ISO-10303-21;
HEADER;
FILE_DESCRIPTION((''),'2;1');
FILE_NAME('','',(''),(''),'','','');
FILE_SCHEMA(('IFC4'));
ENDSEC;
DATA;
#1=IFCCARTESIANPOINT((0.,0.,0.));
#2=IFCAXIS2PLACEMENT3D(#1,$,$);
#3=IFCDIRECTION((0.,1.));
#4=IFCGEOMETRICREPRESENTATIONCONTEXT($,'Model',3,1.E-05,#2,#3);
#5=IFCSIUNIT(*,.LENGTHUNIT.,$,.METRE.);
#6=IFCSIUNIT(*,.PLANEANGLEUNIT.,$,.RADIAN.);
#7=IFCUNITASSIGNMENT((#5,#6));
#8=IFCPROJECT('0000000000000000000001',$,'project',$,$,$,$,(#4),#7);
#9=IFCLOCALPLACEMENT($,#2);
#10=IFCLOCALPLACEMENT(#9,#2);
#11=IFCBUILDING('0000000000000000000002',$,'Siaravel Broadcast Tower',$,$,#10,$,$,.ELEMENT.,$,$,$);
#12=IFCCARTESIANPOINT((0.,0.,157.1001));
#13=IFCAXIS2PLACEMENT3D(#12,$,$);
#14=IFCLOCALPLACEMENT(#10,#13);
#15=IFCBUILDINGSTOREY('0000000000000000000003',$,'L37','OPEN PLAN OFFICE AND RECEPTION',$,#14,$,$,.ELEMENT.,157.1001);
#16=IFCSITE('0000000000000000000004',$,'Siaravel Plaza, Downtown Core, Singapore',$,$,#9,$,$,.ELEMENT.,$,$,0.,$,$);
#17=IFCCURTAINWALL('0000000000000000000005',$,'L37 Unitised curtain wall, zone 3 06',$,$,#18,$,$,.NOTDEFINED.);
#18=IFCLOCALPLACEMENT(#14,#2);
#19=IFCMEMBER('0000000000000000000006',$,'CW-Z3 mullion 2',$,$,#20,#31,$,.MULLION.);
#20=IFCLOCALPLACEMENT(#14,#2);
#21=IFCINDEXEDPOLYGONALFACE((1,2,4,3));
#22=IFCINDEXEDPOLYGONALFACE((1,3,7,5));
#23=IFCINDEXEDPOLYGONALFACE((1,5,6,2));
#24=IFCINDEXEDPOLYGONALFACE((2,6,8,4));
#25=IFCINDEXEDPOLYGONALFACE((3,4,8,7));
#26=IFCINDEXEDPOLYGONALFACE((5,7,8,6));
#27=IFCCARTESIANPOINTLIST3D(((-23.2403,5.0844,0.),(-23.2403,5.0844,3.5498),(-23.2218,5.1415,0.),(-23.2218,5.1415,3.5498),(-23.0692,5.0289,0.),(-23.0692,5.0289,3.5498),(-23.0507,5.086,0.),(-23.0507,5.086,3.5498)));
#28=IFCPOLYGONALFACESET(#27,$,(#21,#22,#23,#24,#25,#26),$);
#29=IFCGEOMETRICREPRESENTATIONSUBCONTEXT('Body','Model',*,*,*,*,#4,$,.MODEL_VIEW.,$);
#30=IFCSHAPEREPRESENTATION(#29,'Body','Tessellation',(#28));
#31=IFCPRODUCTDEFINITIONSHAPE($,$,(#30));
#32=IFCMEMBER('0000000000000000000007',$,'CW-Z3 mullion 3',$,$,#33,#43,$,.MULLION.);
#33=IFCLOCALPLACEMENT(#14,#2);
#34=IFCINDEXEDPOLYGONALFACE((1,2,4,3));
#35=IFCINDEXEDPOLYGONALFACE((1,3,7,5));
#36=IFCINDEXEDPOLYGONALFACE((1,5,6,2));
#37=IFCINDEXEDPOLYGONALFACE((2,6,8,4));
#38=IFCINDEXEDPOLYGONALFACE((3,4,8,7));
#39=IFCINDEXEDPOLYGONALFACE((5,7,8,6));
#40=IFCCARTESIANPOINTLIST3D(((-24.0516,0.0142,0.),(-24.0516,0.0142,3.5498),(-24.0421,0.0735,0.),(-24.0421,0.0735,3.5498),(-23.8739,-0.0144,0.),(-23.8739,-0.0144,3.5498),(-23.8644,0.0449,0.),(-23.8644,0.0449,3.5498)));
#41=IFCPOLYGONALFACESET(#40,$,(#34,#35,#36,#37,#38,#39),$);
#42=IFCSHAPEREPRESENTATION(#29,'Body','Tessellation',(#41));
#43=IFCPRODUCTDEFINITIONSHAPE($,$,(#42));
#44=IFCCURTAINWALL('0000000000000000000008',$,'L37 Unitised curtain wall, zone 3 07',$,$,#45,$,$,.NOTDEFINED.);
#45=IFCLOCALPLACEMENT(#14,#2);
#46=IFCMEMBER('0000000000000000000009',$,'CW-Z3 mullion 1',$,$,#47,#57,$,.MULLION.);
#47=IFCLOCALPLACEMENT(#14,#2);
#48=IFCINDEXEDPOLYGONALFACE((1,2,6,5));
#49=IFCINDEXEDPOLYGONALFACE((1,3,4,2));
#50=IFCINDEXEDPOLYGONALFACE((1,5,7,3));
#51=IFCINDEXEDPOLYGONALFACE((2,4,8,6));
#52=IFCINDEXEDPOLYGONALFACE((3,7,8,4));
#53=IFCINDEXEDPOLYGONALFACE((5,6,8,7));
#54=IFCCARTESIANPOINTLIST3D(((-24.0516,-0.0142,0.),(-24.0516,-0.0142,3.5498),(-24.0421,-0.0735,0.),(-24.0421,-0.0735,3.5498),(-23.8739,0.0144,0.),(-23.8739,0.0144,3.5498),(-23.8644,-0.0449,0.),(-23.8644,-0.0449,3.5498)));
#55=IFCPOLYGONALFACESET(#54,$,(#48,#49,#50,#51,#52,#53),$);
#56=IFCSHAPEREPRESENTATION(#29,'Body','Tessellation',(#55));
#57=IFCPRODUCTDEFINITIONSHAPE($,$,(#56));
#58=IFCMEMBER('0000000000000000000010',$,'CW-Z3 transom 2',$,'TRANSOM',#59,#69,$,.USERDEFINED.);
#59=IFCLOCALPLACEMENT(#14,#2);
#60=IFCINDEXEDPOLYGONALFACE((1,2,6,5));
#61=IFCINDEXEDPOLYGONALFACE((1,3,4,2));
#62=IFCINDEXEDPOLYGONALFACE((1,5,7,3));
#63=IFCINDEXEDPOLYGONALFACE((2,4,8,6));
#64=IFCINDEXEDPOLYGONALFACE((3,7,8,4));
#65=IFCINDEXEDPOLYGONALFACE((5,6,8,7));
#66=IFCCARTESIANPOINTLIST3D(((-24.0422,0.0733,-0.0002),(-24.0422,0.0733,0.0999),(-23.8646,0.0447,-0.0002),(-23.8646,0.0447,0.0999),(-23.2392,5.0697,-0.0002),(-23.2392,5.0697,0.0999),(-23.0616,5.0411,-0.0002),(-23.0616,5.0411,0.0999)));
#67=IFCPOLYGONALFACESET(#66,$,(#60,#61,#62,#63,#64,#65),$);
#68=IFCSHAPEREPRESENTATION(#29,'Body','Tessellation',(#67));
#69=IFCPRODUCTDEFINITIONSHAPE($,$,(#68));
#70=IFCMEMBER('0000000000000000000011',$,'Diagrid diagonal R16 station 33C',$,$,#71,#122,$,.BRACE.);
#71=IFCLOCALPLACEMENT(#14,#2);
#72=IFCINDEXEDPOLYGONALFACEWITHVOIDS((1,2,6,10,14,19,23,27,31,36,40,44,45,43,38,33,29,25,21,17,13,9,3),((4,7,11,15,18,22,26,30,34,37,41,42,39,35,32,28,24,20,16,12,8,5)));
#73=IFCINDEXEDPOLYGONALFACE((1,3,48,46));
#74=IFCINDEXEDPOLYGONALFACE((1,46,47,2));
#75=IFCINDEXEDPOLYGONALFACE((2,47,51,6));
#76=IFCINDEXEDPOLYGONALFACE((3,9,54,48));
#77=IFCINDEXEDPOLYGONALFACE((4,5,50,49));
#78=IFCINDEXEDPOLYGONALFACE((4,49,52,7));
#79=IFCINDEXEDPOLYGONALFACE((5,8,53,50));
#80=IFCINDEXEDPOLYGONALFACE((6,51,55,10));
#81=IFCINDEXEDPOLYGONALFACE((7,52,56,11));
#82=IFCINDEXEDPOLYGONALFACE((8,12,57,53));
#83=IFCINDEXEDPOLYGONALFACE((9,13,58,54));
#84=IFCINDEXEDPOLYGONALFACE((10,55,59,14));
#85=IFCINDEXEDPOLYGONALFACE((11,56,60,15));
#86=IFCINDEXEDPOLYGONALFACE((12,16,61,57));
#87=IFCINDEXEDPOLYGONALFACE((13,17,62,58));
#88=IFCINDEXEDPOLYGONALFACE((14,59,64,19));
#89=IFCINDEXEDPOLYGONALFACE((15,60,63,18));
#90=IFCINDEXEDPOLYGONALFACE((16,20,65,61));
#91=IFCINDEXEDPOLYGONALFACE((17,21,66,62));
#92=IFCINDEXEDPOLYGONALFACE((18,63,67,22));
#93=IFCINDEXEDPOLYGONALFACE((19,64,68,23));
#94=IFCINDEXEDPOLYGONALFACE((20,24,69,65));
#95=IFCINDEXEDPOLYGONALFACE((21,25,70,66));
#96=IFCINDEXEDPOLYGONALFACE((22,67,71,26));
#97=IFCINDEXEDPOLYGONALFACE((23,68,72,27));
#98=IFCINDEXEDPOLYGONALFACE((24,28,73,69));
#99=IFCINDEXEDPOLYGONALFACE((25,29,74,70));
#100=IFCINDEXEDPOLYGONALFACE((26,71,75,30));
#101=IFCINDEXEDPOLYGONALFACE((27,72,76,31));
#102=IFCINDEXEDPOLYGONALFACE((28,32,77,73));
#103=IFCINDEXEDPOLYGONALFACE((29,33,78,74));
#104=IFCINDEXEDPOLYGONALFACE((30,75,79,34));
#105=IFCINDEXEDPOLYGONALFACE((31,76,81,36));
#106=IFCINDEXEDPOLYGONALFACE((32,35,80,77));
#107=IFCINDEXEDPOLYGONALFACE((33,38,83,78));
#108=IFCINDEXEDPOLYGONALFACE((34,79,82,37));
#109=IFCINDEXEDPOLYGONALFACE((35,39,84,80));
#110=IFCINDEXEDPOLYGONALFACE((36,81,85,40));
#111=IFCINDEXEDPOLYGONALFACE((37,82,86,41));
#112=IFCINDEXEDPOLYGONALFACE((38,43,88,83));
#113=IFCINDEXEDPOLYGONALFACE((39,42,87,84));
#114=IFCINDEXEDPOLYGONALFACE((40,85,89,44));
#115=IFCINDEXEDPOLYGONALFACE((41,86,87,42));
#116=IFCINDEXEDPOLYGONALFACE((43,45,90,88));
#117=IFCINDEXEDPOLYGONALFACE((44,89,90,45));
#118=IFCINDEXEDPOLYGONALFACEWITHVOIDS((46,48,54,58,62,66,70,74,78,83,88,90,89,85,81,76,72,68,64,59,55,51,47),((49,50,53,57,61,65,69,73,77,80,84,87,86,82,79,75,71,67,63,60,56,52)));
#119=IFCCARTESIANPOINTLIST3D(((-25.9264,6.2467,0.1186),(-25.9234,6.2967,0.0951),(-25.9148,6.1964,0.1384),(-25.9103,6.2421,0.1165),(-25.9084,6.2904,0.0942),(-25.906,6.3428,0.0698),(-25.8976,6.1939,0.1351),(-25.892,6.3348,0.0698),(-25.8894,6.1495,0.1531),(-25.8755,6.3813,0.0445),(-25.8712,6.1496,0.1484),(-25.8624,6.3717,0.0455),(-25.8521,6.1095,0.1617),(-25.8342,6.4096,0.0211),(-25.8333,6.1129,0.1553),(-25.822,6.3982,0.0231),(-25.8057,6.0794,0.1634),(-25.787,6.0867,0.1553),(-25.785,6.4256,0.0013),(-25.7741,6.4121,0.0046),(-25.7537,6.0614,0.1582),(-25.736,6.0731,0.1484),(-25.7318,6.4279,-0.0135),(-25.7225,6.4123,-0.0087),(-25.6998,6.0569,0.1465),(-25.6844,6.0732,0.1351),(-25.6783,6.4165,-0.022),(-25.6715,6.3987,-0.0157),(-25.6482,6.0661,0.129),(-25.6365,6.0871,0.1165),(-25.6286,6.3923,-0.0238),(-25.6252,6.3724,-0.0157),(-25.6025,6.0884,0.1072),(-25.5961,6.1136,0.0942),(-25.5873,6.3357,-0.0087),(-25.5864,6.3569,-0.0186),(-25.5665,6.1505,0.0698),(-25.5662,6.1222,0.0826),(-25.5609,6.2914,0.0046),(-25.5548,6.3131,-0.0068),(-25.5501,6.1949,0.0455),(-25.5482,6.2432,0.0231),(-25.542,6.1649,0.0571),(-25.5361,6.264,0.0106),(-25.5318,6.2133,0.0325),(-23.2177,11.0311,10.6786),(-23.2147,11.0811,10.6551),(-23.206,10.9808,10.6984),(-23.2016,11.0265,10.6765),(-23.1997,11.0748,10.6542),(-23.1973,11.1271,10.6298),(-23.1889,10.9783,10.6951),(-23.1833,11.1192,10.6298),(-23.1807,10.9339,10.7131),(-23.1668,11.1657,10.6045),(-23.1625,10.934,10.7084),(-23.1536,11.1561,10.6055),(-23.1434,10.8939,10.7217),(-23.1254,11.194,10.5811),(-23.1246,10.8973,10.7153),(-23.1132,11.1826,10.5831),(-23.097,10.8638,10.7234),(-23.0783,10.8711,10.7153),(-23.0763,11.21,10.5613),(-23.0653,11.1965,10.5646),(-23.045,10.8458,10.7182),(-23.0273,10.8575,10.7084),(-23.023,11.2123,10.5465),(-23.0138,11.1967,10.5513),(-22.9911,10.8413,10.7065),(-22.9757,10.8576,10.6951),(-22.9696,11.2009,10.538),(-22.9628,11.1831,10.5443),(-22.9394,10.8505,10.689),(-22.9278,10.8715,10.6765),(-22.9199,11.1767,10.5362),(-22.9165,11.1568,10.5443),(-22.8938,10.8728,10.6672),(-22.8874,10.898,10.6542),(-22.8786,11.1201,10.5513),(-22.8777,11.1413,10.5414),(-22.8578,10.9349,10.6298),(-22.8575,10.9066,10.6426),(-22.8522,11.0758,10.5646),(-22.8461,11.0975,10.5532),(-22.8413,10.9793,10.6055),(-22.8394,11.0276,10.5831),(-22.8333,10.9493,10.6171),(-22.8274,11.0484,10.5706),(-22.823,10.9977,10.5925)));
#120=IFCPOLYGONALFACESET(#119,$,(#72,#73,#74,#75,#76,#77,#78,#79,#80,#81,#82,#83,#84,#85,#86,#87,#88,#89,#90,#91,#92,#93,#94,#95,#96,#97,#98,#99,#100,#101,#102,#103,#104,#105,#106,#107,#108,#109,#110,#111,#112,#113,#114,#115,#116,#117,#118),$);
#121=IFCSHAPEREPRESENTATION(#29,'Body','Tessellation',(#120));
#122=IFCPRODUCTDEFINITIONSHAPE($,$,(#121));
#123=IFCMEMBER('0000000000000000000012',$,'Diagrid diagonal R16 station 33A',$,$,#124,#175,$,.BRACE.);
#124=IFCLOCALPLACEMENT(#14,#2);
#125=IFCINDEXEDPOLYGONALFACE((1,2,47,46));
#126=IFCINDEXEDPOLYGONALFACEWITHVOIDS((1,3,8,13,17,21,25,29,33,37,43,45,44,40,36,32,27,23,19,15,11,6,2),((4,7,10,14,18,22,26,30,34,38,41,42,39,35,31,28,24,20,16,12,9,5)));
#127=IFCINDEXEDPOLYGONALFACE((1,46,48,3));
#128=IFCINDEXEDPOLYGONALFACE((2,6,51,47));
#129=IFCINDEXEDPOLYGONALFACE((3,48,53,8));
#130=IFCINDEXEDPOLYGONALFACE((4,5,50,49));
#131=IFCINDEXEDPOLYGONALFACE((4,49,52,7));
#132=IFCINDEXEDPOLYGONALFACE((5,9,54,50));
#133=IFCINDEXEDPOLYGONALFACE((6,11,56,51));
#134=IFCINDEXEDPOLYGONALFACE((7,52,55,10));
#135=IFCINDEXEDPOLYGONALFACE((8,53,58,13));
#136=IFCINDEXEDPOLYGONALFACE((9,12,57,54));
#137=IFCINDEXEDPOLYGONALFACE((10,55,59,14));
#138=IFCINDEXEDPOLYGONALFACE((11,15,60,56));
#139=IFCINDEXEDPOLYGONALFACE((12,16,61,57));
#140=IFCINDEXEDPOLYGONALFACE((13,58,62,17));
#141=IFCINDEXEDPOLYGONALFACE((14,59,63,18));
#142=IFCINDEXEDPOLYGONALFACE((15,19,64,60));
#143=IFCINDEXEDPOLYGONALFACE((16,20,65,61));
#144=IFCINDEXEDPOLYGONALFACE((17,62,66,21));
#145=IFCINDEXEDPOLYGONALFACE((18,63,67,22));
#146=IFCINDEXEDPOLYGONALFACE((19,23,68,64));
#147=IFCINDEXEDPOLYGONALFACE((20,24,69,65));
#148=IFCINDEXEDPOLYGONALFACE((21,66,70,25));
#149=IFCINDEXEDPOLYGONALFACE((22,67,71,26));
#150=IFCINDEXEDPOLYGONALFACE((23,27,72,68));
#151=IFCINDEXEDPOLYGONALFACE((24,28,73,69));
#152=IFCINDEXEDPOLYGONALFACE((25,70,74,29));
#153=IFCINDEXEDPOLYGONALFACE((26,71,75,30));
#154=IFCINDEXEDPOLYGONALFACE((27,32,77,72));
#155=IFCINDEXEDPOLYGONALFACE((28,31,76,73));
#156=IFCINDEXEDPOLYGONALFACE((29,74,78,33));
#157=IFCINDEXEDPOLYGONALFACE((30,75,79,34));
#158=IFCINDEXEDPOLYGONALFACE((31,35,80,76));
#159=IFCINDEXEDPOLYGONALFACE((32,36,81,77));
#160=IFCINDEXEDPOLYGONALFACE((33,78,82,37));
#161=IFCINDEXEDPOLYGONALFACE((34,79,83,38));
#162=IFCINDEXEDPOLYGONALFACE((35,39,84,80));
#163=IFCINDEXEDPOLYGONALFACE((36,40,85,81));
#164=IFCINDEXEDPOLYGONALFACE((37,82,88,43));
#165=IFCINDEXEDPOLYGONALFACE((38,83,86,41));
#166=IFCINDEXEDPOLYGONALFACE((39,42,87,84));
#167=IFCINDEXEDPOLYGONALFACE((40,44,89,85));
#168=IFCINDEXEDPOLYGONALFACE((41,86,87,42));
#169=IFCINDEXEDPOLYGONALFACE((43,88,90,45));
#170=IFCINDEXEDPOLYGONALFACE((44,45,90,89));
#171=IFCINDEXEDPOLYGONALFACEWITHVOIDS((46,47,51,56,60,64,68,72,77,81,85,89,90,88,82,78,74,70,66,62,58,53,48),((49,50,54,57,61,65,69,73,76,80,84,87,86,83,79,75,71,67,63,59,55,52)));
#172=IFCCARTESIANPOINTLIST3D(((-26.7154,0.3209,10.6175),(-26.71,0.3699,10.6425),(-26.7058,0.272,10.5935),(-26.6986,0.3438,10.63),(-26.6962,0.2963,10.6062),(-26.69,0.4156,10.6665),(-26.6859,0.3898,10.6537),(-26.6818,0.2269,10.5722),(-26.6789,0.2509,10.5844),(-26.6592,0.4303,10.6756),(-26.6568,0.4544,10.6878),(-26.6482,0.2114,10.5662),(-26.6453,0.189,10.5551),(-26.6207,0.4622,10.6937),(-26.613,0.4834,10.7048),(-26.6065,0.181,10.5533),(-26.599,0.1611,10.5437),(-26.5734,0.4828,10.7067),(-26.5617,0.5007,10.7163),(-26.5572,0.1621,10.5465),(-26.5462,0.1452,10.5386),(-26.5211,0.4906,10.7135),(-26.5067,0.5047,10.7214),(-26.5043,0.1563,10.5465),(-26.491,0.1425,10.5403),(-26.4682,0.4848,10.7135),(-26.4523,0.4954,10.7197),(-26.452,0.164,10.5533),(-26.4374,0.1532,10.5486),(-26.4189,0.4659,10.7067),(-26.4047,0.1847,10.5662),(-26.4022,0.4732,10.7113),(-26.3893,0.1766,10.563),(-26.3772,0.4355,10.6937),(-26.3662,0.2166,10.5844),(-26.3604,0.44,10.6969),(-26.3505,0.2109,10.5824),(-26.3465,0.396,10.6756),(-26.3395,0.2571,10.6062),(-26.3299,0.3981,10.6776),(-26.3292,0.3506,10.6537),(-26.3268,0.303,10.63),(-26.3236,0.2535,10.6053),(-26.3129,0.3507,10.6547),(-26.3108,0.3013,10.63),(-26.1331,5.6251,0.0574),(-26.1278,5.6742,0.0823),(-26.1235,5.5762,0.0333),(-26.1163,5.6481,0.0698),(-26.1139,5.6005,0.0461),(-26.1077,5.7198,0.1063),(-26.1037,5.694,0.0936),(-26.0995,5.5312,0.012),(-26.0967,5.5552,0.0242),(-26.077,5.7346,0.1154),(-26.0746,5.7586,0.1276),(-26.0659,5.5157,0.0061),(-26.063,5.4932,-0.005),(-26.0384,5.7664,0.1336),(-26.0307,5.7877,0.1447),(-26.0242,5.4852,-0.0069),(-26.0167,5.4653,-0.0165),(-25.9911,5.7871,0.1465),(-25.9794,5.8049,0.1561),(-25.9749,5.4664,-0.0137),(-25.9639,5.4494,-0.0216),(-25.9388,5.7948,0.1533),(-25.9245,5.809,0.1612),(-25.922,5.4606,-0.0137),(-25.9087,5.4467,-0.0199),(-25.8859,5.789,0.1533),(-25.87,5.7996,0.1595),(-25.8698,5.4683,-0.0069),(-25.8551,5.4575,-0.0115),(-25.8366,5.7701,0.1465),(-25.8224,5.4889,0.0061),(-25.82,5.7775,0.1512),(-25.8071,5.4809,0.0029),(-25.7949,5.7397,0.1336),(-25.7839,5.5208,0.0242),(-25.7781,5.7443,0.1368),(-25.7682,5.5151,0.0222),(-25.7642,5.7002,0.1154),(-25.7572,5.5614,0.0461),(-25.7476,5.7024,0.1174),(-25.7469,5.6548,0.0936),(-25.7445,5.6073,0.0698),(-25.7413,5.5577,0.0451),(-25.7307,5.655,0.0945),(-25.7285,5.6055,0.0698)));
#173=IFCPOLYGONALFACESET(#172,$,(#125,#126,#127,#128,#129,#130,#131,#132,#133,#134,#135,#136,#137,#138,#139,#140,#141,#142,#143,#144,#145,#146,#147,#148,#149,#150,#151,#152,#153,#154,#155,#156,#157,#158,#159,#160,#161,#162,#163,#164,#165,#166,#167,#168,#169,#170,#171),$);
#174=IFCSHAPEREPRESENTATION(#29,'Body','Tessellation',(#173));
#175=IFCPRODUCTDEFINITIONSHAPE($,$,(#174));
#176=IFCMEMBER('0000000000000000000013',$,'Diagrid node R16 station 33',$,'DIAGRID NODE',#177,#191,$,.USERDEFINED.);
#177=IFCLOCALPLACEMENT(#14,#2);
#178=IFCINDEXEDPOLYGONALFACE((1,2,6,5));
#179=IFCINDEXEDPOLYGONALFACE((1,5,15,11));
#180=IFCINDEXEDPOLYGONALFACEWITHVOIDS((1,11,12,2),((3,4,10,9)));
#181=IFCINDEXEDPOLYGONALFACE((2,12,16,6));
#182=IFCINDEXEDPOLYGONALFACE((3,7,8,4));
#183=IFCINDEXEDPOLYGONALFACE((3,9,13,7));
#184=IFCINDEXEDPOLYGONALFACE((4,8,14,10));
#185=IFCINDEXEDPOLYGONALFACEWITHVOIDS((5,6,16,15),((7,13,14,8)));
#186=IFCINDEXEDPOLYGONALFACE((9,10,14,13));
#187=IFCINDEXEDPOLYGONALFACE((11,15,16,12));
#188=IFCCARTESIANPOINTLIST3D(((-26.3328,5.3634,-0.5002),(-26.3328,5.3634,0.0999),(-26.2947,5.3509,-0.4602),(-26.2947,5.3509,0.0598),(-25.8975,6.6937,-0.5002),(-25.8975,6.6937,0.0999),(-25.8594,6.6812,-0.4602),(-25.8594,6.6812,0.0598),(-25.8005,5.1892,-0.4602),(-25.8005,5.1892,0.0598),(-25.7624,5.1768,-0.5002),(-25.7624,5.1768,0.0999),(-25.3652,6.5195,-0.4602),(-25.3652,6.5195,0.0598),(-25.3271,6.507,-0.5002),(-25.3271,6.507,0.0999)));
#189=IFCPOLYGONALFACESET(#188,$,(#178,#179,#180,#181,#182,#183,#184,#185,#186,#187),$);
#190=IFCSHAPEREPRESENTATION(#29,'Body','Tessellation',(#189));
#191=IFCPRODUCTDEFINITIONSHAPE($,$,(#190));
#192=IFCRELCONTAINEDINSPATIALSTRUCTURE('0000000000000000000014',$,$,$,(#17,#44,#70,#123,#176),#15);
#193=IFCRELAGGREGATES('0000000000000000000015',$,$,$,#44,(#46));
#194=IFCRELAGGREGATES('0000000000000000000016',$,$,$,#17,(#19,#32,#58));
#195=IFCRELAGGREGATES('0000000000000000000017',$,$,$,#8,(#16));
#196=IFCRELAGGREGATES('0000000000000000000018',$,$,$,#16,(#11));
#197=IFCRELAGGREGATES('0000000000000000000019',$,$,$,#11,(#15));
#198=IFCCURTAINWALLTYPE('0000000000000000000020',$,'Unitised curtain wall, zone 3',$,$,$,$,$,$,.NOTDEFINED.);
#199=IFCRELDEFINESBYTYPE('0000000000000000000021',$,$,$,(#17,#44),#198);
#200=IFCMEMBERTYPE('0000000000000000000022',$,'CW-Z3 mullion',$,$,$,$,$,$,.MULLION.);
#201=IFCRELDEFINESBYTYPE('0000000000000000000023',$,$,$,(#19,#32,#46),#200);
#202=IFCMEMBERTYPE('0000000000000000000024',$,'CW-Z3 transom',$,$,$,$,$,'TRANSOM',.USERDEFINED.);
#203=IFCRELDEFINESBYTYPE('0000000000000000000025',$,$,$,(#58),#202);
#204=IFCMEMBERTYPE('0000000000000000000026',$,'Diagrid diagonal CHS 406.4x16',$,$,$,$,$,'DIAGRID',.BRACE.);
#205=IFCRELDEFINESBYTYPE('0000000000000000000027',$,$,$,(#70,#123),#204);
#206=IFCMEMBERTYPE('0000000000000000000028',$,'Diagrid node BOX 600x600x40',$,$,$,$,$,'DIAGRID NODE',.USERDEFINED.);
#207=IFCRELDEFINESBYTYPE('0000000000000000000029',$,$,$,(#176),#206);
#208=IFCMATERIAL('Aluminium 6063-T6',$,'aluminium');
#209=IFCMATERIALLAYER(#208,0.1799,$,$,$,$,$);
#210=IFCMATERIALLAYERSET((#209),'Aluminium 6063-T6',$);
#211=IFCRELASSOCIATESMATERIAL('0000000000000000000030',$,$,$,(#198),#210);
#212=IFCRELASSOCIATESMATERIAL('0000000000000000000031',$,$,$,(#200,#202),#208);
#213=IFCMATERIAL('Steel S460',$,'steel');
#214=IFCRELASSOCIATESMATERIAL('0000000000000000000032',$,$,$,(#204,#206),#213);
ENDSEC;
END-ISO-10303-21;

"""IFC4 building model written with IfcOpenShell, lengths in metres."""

from ifc_helpers import new_model, si_unit, direction, frame, origin, origin_2d, place, context, subcontext, project, spatial, rectangle, hollow_rectangle, hollow_circle, extrude, material, layer, layer_set, material_profile, profile_set, type_object, element, aggregate, save


model = new_model("IFC4")

# Units and contexts
model_context = context("Model", 3, precision=1e-05, world=origin(), true_north=direction((0.0, 1.0)))
body_context = subcontext(model_context, "Body", "Model", "MODEL_VIEW")
ifc_project = project(units=[si_unit("LENGTHUNIT", "METRE"), si_unit("PLANEANGLEUNIT", "RADIAN")], contexts=[model_context])

# Site, building, storey
site_placement = place(None, origin())
site = spatial("IfcSite", under=ifc_project, at=site_placement, Name="Siaravel Plaza, Downtown Core, Singapore", CompositionType="ELEMENT", RefElevation=0.0)
building_placement = place(site_placement, origin())
building = spatial("IfcBuilding", under=site, at=building_placement, Name="Siaravel Broadcast Tower", CompositionType="ELEMENT")
storey_placement = place(building_placement, frame((0.0, 0.0, 157.1001)))
storey = spatial("IfcBuildingStorey", under=building, at=storey_placement, Name="L37", Description="OPEN PLAN OFFICE AND RECEPTION", CompositionType="ELEMENT", Elevation=157.1001)

# Curtain wall, members
ifc_material_1 = material(Name="Aluminium 6063-T6", Category="aluminium")
ifc_layer_1 = layer(ifc_material_1, 0.1799)
ifc_layer_set_1 = layer_set([ifc_layer_1], Name="Aluminium 6063-T6")
curtain_wall_type = type_object("IfcCurtainWallType", Name="Unitised curtain wall, zone 3", PredefinedType="NOTDEFINED", material=ifc_layer_set_1)
curtain_wall_1_placement = place(storey_placement, origin())
curtain_wall_1 = element("IfcCurtainWall", 1, at=curtain_wall_1_placement, inside=storey, type_object=curtain_wall_type, Name="L37 Unitised curtain wall, zone 3 06", PredefinedType="NOTDEFINED")
ifc_material_profile_1 = material_profile(ifc_material_1, rectangle(XDim=0.1799, YDim=0.0601, at=origin_2d()))
ifc_profile_set_1 = profile_set([ifc_material_profile_1], Name="Aluminium 6063-T6")
member_type_1 = type_object("IfcMemberType", Name="CW-Z3 mullion", PredefinedType="MULLION", material=ifc_profile_set_1)
member_1_placement = place(storey_placement, frame((-23.1455, 5.0852, 0.0), z_axis=(0.0, 0.0, 1.0), x_axis=(0.951177, -0.308645, 0.0)))
member_1 = element("IfcMember", 2, at=member_1_placement, type_object=member_type_1, Name="CW-Z3 mullion 2", PredefinedType="MULLION", context=body_context, shape_type="SweptSolid", body=[
    extrude(rectangle(XDim=0.1799, YDim=0.0601, at=origin_2d()), origin(), (0.0, 0.0, 1.0), 3.5498),
])
member_2_placement = place(storey_placement, frame((-23.958, 0.0295, 0.0), z_axis=(0.0, 0.0, 1.0), x_axis=(0.987329, -0.158685, 0.0)))
member_2 = element("IfcMember", 3, at=member_2_placement, type_object=member_type_1, Name="CW-Z3 mullion 3", PredefinedType="MULLION", context=body_context, shape_type="SweptSolid", body=[
    extrude(rectangle(XDim=0.1799, YDim=0.0601, at=origin_2d()), origin(), (0.0, 0.0, 1.0), 3.5498),
])

# Curtain wall, member
curtain_wall_2_placement = place(storey_placement, origin())
curtain_wall_2 = element("IfcCurtainWall", 4, at=curtain_wall_2_placement, inside=storey, type_object=curtain_wall_type, Name="L37 Unitised curtain wall, zone 3 07", PredefinedType="NOTDEFINED")
member_3_placement = place(storey_placement, frame((-23.958, -0.0295, 0.0), z_axis=(0.0, 0.0, 1.0), x_axis=(0.987329, 0.158685, 0.0)))
member_3 = element("IfcMember", 5, at=member_3_placement, type_object=member_type_1, Name="CW-Z3 mullion 1", PredefinedType="MULLION", context=body_context, shape_type="SweptSolid", body=[
    extrude(rectangle(XDim=0.1799, YDim=0.0601, at=origin_2d()), origin(), (0.0, 0.0, 1.0), 3.5498),
])
aggregate(curtain_wall_2, [member_3])

# Member
ifc_material_profile_2 = material_profile(ifc_material_1, rectangle(XDim=0.1799, YDim=0.1001, at=origin_2d()))
ifc_profile_set_2 = profile_set([ifc_material_profile_2], Name="Aluminium 6063-T6")
member_type_2 = type_object("IfcMemberType", Name="CW-Z3 transom", ElementType="TRANSOM", PredefinedType="USERDEFINED", material=ifc_profile_set_2)
member_4_placement = place(storey_placement, frame((-23.1504, 5.0554, 0.0498), z_axis=(-0.158677, -0.987331, 0.0), x_axis=(0.987331, -0.158677, 0.0)))
member_4 = element("IfcMember", 6, at=member_4_placement, type_object=member_type_2, Name="CW-Z3 transom 2", ObjectType="TRANSOM", PredefinedType="USERDEFINED", context=body_context, shape_type="SweptSolid", body=[
    extrude(rectangle(XDim=0.1799, YDim=0.1001, at=origin_2d()), origin(), (0.0, 0.0, 1.0), 5.0605),
])

# Members
ifc_material_2 = material(Name="Steel S460", Category="steel")
ifc_material_profile_3 = material_profile(ifc_material_2, hollow_circle(Radius=0.2031, WallThickness=0.0161, at=origin_2d()))
ifc_profile_set_3 = profile_set([ifc_material_profile_3], Name="Steel S460")
member_type_3 = type_object("IfcMemberType", Name="Diagrid diagonal CHS 406.4x16", ElementType="DIAGRID", PredefinedType="BRACE", material=ifc_profile_set_3)
member_5_placement = place(storey_placement, frame((-25.7292, 6.2427, 0.0698), z_axis=(0.227519, 0.401864, 0.886984), x_axis=(-0.870212, 0.492678, 0.0)))
element("IfcMember", 7, at=member_5_placement, inside=storey, type_object=member_type_3, Name="Diagrid diagonal R16 station 33C", PredefinedType="BRACE", context=body_context, shape_type="SweptSolid", body=[
    extrude(hollow_circle(Radius=0.2031, WallThickness=0.0161, at=origin_2d()), origin(), (0.0, 0.0, 1.0), 11.9055),
])
member_6_placement = place(storey_placement, frame((-25.9304, 5.6277, 0.0698), z_axis=(-0.049213, -0.448305, 0.892525), x_axis=(0.994028, -0.109121, 0.0)))
element("IfcMember", 8, at=member_6_placement, inside=storey, type_object=member_type_3, Name="Diagrid diagonal R16 station 33A", PredefinedType="BRACE", context=body_context, shape_type="SweptSolid", body=[
    extrude(hollow_circle(Radius=0.2031, WallThickness=0.0161, at=origin_2d()), origin(), (0.0, 0.0, 1.0), 11.8318),
])
ifc_material_profile_4 = material_profile(ifc_material_2, hollow_rectangle(XDim=0.6001, YDim=0.6001, WallThickness=0.04, at=origin_2d()))
ifc_profile_set_4 = profile_set([ifc_material_profile_4], Name="Steel S460")
member_type_4 = type_object("IfcMemberType", Name="Diagrid node BOX 600x600x40", ElementType="DIAGRID NODE", PredefinedType="USERDEFINED", material=ifc_profile_set_4)
member_7_placement = place(storey_placement, frame((-25.6123, 6.6003, -0.2002), z_axis=(-0.31099, -0.950413, 0.0), x_axis=(0.950413, -0.31099, 0.0)))
element("IfcMember", 9, at=member_7_placement, inside=storey, type_object=member_type_4, Name="Diagrid node R16 station 33", ObjectType="DIAGRID NODE", PredefinedType="USERDEFINED", context=body_context, shape_type="SweptSolid", body=[
    extrude(hollow_rectangle(XDim=0.6001, YDim=0.6001, WallThickness=0.04, at=origin_2d()), origin(), (0.0, 0.0, 1.0), 1.3997),
])

aggregate(curtain_wall_1, [member_1, member_2, member_4])

save(model, "model.ifc")
